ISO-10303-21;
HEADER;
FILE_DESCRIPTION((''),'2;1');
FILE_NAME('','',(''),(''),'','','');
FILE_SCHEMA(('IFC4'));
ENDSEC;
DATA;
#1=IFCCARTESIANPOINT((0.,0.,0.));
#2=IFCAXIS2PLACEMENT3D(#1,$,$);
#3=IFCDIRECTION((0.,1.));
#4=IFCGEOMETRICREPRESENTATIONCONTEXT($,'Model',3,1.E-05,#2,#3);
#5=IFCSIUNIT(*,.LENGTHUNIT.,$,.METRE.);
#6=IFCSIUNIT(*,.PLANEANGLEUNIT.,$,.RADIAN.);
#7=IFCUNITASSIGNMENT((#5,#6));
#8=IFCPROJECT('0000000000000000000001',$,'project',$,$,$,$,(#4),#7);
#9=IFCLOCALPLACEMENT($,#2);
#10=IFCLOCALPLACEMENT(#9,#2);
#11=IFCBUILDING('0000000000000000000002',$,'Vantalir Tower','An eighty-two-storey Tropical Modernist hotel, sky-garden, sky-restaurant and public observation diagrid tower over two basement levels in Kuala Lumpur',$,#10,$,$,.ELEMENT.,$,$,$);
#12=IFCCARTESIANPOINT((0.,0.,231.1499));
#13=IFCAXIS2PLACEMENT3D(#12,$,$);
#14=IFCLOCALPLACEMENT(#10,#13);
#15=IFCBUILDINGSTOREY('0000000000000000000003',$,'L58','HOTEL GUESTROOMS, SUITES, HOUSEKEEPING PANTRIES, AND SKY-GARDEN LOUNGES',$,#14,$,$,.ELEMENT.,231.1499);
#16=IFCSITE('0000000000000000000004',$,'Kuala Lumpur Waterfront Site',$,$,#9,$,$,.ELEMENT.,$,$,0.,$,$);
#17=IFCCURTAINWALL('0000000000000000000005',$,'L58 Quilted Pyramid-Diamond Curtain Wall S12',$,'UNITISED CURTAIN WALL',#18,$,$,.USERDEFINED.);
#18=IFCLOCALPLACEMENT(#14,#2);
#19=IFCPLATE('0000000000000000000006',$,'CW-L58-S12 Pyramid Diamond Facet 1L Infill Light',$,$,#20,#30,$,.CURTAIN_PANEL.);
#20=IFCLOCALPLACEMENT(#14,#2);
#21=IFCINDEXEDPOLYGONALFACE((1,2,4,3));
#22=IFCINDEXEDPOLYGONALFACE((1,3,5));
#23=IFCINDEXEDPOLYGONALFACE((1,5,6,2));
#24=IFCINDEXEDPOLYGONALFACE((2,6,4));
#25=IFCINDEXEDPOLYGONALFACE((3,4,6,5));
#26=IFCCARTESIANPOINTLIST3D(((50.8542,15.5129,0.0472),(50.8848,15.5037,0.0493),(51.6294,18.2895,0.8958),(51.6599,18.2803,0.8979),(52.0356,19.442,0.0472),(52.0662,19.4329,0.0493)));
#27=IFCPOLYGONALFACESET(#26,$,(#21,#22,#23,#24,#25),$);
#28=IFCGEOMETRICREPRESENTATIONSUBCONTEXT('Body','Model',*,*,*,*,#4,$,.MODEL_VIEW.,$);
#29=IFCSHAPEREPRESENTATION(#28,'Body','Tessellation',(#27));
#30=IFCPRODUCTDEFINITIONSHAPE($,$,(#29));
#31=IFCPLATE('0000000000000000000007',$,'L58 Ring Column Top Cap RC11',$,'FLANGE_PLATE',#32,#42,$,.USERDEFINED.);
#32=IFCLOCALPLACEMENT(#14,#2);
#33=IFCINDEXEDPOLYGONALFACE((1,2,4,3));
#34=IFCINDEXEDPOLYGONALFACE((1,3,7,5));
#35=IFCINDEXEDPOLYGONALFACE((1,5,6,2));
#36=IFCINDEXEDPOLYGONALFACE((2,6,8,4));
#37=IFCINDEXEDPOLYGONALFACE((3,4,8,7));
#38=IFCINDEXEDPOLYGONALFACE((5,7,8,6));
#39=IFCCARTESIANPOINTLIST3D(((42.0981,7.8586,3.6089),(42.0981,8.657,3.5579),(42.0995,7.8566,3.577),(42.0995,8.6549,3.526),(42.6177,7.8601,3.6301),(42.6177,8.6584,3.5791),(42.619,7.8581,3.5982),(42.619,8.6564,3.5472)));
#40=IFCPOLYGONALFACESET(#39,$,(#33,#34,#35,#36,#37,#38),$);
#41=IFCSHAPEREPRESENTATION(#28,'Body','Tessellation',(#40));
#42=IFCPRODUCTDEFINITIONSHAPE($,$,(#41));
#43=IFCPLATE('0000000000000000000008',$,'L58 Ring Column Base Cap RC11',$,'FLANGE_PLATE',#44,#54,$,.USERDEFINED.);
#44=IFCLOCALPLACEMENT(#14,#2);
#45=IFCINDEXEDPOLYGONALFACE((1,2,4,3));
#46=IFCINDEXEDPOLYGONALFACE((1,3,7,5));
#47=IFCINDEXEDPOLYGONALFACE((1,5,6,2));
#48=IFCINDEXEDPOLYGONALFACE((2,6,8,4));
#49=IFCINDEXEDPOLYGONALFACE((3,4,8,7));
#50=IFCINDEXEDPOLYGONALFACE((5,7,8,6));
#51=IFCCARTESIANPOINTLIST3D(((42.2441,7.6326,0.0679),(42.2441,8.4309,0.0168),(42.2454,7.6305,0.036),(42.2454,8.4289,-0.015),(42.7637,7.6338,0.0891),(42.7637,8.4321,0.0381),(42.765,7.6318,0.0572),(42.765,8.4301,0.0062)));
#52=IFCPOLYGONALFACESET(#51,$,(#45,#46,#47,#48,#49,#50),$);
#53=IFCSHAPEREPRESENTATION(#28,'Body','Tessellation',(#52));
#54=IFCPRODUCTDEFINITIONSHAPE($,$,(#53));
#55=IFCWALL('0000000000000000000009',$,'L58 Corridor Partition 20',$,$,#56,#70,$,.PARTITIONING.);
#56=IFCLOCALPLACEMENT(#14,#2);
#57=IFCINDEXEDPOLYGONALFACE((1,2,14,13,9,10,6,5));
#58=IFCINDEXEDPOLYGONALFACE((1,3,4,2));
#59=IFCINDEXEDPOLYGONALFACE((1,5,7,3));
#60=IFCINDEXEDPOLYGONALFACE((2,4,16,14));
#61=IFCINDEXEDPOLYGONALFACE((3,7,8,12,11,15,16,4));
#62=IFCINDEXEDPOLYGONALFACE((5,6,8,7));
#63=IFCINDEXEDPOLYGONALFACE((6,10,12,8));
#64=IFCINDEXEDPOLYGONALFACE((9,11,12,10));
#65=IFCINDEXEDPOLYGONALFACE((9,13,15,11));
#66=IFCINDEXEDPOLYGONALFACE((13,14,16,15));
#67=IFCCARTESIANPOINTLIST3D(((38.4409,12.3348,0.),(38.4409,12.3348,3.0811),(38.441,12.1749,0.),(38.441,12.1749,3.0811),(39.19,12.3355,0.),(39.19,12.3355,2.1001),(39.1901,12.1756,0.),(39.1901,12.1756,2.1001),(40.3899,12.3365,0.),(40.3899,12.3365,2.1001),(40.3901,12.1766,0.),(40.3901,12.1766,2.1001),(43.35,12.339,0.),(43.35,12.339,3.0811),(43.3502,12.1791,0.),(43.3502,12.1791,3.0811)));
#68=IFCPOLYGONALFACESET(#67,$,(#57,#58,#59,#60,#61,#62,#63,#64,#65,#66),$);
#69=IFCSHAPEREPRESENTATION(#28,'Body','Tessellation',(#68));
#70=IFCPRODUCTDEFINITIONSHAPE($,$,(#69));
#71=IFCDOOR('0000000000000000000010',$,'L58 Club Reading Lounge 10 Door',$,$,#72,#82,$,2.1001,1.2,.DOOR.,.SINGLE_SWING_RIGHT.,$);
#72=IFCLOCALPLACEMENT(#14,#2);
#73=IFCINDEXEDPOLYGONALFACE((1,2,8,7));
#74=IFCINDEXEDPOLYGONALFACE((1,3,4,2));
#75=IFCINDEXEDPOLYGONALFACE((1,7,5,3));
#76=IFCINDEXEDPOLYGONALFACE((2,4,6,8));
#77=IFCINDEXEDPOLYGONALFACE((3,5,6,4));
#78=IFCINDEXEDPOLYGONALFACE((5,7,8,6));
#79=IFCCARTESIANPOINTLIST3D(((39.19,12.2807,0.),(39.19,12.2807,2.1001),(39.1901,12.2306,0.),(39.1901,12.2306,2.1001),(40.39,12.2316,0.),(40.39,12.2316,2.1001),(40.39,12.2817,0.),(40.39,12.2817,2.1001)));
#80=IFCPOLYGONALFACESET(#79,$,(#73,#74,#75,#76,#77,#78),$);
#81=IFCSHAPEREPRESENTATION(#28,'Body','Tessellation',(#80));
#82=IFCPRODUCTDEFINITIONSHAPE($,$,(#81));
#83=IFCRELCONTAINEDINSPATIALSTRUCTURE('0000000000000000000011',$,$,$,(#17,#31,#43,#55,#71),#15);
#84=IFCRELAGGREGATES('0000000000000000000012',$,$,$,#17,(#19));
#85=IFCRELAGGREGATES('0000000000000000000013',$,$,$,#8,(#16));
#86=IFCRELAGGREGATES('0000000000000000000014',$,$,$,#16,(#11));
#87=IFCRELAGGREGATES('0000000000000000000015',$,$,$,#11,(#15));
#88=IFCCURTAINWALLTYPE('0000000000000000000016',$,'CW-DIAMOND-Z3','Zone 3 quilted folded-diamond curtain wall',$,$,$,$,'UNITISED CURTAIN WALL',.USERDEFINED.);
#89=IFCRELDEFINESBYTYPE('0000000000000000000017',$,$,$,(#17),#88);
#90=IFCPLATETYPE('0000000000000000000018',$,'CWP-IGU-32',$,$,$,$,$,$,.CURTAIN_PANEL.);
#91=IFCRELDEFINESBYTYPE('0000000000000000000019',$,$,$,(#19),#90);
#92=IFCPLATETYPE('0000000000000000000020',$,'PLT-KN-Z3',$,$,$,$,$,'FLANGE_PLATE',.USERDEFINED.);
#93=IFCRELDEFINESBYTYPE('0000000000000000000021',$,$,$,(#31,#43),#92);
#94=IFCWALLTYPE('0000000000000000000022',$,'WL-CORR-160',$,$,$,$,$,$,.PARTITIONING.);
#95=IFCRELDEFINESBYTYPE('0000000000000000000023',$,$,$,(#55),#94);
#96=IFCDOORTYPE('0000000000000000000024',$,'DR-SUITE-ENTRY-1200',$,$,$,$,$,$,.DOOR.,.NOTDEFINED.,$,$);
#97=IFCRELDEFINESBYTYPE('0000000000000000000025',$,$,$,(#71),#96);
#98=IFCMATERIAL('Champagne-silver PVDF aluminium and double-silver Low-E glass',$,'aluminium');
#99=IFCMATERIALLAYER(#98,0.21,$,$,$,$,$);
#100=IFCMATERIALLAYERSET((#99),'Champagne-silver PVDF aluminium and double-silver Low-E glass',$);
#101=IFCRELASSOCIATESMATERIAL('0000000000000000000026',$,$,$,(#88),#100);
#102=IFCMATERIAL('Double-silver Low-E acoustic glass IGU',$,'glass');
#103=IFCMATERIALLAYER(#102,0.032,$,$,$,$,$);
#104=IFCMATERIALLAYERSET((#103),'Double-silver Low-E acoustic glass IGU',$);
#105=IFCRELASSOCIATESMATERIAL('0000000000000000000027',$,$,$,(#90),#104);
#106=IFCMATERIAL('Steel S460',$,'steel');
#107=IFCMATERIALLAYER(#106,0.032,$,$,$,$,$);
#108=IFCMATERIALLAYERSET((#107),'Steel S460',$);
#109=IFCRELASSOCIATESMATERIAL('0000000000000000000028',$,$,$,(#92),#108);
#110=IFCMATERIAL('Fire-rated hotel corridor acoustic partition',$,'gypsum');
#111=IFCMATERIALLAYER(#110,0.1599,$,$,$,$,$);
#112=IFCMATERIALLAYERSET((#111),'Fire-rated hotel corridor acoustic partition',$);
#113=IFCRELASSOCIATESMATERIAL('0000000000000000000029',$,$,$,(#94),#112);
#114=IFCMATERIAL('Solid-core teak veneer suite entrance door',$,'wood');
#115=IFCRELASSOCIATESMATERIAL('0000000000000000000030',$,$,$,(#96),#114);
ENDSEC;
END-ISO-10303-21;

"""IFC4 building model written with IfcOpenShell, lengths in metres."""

from ifc_helpers import new_model, si_unit, direction, frame, frame_2d, origin, place, context, subcontext, project, spatial, polyline, rectangle, outline, extrude, material, layer, layer_set, type_object, element, fill, aggregate, save


model = new_model("IFC4")

# Units and contexts
model_context = context("Model", 3, precision=1e-05, world=origin(), true_north=direction((0.0, 1.0)))
body_context = subcontext(model_context, "Body", "Model", "MODEL_VIEW")
ifc_project = project(units=[si_unit("LENGTHUNIT", "METRE"), si_unit("PLANEANGLEUNIT", "RADIAN")], contexts=[model_context])

# Site, building, storey
site_placement = place(None, origin())
site = spatial("IfcSite", under=ifc_project, at=site_placement, Name="Kuala Lumpur Waterfront Site", CompositionType="ELEMENT", RefElevation=0.0)
building_placement = place(site_placement, origin())
building = spatial("IfcBuilding", under=site, at=building_placement, Name="Vantalir Tower", Description="An eighty-two-storey Tropical Modernist hotel, sky-garden, sky-restaurant and public observation diagrid tower over two basement levels in Kuala Lumpur", CompositionType="ELEMENT")
storey_placement = place(building_placement, frame((0.0, 0.0, 231.1499)))
storey = spatial("IfcBuildingStorey", under=building, at=storey_placement, Name="L58", Description="HOTEL GUESTROOMS, SUITES, HOUSEKEEPING PANTRIES, AND SKY-GARDEN LOUNGES", CompositionType="ELEMENT", Elevation=231.1499)

# Shared definitions
ifc_material_1 = material(Name="Steel S460", Category="steel")

# Shared definitions
ifc_material_2 = material(Name="Champagne-silver PVDF aluminium and double-silver Low-E glass", Category="aluminium")
ifc_layer_1 = layer(ifc_material_2, 0.21)
ifc_layer_set_1 = layer_set([ifc_layer_1], Name="Champagne-silver PVDF aluminium and double-silver Low-E glass")
curtain_wall_type = type_object("IfcCurtainWallType", Name="CW-DIAMOND-Z3", Description="Zone 3 quilted folded-diamond curtain wall", ElementType="UNITISED CURTAIN WALL", PredefinedType="USERDEFINED", material=ifc_layer_set_1)

# Curtain wall
curtain_wall_1_placement = place(storey_placement, origin())
curtain_wall_1 = element("IfcCurtainWall", 1, at=curtain_wall_1_placement, inside=storey, type_object=curtain_wall_type, Name="L58 Quilted Pyramid-Diamond Curtain Wall S12", ObjectType="UNITISED CURTAIN WALL", PredefinedType="USERDEFINED")

# Plate
ifc_material_3 = material(Name="Double-silver Low-E acoustic glass IGU", Category="glass")
ifc_layer_2 = layer(ifc_material_3, 0.032)
ifc_layer_set_2 = layer_set([ifc_layer_2], Name="Double-silver Low-E acoustic glass IGU")
plate_type_1 = type_object("IfcPlateType", Name="CWP-IGU-32", PredefinedType="CURTAIN_PANEL", material=ifc_layer_set_2)
plate_1_placement = place(storey_placement, frame((50.8848, 15.5037, 0.0493), z_axis=(0.955483, -0.287286, 0.067217), x_axis=(0.287937, 0.957649, 0.0)))
plate_1 = element("IfcPlate", 2, at=plate_1_placement, type_object=plate_type_1, Name="CW-L58-S12 Pyramid Diamond Facet 1L Infill Light", PredefinedType="CURTAIN_PANEL", context=body_context, shape_type="SweptSolid", body=[
    extrude(outline(polyline([(0.0, 0.0), (4.103, 0.0), (2.8822, 0.8506), (0.0, 0.0)])), origin(), (0.0, 0.0, -1.0), 0.032),
])
aggregate(curtain_wall_1, [plate_1])

# Plates
ifc_layer_3 = layer(ifc_material_1, 0.032)
ifc_layer_set_3 = layer_set([ifc_layer_3], Name="Steel S460")
plate_type_2 = type_object("IfcPlateType", Name="PLT-KN-Z3", ElementType="FLANGE_PLATE", PredefinedType="USERDEFINED", material=ifc_layer_set_3)
plate_2_placement = place(storey_placement, frame((42.0981, 8.657, 3.5579), z_axis=(-0.040946, 0.063731, 0.997127), x_axis=(0.0, -0.997964, 0.063784)))
element("IfcPlate", 3, at=plate_2_placement, inside=storey, type_object=plate_type_2, Name="L58 Ring Column Top Cap RC11", ObjectType="FLANGE_PLATE", PredefinedType="USERDEFINED", context=body_context, shape_type="SweptSolid", body=[
    extrude(outline(polyline([(0.0, 0.0), (0.8, 0.0), (0.7999, 0.52), (-0.0001, 0.52), (0.0, 0.0)])), origin(), (0.0, 0.0, -1.0), 0.032),
])
plate_3_placement = place(storey_placement, frame((42.2441, 8.4309, 0.0168), z_axis=(-0.040916, 0.063731, 0.997128), x_axis=(0.0, -0.997964, 0.063784)))
element("IfcPlate", 4, at=plate_3_placement, inside=storey, type_object=plate_type_2, Name="L58 Ring Column Base Cap RC11", ObjectType="FLANGE_PLATE", PredefinedType="USERDEFINED", context=body_context, shape_type="SweptSolid", body=[
    extrude(outline(polyline([(0.0, 0.0), (0.8, 0.0), (0.8001, 0.52), (0.0001, 0.52), (0.0, 0.0)])), origin(), (0.0, 0.0, -1.0), 0.032),
])

# Wall, opening, door
ifc_material_4 = material(Name="Fire-rated hotel corridor acoustic partition", Category="gypsum")
ifc_layer_4 = layer(ifc_material_4, 0.1599)
ifc_layer_set_4 = layer_set([ifc_layer_4], Name="Fire-rated hotel corridor acoustic partition")
wall_type = type_object("IfcWallType", Name="WL-CORR-160", PredefinedType="PARTITIONING", material=ifc_layer_set_4)
wall_placement = place(storey_placement, frame((43.3501, 12.259, 0.0), z_axis=(0.0, 0.0, 1.0), x_axis=(-1.0, -0.000845, 0.0)))
wall = element("IfcWall", 5, at=wall_placement, inside=storey, type_object=wall_type, Name="L58 Corridor Partition 20", PredefinedType="PARTITIONING", context=body_context, shape_type="SweptSolid", body=[
    extrude(rectangle(XDim=4.9092, YDim=0.1599, at=frame_2d((2.4546, 0.0))), origin(), (0.0, 0.0, 1.0), 3.0811),
])
opening_placement = place(wall_placement, frame((2.96, 0.0, 0.0)))
opening = element("IfcOpeningElement", 6, at=opening_placement, cuts=wall, PredefinedType="OPENING", context=body_context, shape_type="SweptSolid", body=[
    extrude(rectangle(XDim=1.2, YDim=2.1001, at=frame_2d((0.6001, 1.05))), frame((0.0, 0.0898, 0.0), z_axis=(0.0, -1.0, 0.0), x_axis=(1.0, 0.0, 0.0)), (0.0, 0.0, 1.0), 0.1799),
])
ifc_material_5 = material(Name="Solid-core teak veneer suite entrance door", Category="wood")
door_type = type_object("IfcDoorType", Name="DR-SUITE-ENTRY-1200", OperationType="NOTDEFINED", PredefinedType="DOOR", material=ifc_material_5)
door_placement = place(opening_placement, origin())
door = element("IfcDoor", 7, at=door_placement, inside=storey, type_object=door_type, Name="L58 Club Reading Lounge 10 Door", OperationType="SINGLE_SWING_RIGHT", OverallHeight=2.1001, OverallWidth=1.2, PredefinedType="DOOR", context=body_context, shape_type="SweptSolid", body=[
    extrude(rectangle(XDim=1.2, YDim=2.1001, at=frame_2d((0.6001, 1.05))), frame((0.0, 0.0249, 0.0), z_axis=(0.0, -1.0, 0.0), x_axis=(1.0, 0.0, 0.0)), (0.0, 0.0, 1.0), 0.05),
])
fill(opening, door)

save(model, "model.ifc")
